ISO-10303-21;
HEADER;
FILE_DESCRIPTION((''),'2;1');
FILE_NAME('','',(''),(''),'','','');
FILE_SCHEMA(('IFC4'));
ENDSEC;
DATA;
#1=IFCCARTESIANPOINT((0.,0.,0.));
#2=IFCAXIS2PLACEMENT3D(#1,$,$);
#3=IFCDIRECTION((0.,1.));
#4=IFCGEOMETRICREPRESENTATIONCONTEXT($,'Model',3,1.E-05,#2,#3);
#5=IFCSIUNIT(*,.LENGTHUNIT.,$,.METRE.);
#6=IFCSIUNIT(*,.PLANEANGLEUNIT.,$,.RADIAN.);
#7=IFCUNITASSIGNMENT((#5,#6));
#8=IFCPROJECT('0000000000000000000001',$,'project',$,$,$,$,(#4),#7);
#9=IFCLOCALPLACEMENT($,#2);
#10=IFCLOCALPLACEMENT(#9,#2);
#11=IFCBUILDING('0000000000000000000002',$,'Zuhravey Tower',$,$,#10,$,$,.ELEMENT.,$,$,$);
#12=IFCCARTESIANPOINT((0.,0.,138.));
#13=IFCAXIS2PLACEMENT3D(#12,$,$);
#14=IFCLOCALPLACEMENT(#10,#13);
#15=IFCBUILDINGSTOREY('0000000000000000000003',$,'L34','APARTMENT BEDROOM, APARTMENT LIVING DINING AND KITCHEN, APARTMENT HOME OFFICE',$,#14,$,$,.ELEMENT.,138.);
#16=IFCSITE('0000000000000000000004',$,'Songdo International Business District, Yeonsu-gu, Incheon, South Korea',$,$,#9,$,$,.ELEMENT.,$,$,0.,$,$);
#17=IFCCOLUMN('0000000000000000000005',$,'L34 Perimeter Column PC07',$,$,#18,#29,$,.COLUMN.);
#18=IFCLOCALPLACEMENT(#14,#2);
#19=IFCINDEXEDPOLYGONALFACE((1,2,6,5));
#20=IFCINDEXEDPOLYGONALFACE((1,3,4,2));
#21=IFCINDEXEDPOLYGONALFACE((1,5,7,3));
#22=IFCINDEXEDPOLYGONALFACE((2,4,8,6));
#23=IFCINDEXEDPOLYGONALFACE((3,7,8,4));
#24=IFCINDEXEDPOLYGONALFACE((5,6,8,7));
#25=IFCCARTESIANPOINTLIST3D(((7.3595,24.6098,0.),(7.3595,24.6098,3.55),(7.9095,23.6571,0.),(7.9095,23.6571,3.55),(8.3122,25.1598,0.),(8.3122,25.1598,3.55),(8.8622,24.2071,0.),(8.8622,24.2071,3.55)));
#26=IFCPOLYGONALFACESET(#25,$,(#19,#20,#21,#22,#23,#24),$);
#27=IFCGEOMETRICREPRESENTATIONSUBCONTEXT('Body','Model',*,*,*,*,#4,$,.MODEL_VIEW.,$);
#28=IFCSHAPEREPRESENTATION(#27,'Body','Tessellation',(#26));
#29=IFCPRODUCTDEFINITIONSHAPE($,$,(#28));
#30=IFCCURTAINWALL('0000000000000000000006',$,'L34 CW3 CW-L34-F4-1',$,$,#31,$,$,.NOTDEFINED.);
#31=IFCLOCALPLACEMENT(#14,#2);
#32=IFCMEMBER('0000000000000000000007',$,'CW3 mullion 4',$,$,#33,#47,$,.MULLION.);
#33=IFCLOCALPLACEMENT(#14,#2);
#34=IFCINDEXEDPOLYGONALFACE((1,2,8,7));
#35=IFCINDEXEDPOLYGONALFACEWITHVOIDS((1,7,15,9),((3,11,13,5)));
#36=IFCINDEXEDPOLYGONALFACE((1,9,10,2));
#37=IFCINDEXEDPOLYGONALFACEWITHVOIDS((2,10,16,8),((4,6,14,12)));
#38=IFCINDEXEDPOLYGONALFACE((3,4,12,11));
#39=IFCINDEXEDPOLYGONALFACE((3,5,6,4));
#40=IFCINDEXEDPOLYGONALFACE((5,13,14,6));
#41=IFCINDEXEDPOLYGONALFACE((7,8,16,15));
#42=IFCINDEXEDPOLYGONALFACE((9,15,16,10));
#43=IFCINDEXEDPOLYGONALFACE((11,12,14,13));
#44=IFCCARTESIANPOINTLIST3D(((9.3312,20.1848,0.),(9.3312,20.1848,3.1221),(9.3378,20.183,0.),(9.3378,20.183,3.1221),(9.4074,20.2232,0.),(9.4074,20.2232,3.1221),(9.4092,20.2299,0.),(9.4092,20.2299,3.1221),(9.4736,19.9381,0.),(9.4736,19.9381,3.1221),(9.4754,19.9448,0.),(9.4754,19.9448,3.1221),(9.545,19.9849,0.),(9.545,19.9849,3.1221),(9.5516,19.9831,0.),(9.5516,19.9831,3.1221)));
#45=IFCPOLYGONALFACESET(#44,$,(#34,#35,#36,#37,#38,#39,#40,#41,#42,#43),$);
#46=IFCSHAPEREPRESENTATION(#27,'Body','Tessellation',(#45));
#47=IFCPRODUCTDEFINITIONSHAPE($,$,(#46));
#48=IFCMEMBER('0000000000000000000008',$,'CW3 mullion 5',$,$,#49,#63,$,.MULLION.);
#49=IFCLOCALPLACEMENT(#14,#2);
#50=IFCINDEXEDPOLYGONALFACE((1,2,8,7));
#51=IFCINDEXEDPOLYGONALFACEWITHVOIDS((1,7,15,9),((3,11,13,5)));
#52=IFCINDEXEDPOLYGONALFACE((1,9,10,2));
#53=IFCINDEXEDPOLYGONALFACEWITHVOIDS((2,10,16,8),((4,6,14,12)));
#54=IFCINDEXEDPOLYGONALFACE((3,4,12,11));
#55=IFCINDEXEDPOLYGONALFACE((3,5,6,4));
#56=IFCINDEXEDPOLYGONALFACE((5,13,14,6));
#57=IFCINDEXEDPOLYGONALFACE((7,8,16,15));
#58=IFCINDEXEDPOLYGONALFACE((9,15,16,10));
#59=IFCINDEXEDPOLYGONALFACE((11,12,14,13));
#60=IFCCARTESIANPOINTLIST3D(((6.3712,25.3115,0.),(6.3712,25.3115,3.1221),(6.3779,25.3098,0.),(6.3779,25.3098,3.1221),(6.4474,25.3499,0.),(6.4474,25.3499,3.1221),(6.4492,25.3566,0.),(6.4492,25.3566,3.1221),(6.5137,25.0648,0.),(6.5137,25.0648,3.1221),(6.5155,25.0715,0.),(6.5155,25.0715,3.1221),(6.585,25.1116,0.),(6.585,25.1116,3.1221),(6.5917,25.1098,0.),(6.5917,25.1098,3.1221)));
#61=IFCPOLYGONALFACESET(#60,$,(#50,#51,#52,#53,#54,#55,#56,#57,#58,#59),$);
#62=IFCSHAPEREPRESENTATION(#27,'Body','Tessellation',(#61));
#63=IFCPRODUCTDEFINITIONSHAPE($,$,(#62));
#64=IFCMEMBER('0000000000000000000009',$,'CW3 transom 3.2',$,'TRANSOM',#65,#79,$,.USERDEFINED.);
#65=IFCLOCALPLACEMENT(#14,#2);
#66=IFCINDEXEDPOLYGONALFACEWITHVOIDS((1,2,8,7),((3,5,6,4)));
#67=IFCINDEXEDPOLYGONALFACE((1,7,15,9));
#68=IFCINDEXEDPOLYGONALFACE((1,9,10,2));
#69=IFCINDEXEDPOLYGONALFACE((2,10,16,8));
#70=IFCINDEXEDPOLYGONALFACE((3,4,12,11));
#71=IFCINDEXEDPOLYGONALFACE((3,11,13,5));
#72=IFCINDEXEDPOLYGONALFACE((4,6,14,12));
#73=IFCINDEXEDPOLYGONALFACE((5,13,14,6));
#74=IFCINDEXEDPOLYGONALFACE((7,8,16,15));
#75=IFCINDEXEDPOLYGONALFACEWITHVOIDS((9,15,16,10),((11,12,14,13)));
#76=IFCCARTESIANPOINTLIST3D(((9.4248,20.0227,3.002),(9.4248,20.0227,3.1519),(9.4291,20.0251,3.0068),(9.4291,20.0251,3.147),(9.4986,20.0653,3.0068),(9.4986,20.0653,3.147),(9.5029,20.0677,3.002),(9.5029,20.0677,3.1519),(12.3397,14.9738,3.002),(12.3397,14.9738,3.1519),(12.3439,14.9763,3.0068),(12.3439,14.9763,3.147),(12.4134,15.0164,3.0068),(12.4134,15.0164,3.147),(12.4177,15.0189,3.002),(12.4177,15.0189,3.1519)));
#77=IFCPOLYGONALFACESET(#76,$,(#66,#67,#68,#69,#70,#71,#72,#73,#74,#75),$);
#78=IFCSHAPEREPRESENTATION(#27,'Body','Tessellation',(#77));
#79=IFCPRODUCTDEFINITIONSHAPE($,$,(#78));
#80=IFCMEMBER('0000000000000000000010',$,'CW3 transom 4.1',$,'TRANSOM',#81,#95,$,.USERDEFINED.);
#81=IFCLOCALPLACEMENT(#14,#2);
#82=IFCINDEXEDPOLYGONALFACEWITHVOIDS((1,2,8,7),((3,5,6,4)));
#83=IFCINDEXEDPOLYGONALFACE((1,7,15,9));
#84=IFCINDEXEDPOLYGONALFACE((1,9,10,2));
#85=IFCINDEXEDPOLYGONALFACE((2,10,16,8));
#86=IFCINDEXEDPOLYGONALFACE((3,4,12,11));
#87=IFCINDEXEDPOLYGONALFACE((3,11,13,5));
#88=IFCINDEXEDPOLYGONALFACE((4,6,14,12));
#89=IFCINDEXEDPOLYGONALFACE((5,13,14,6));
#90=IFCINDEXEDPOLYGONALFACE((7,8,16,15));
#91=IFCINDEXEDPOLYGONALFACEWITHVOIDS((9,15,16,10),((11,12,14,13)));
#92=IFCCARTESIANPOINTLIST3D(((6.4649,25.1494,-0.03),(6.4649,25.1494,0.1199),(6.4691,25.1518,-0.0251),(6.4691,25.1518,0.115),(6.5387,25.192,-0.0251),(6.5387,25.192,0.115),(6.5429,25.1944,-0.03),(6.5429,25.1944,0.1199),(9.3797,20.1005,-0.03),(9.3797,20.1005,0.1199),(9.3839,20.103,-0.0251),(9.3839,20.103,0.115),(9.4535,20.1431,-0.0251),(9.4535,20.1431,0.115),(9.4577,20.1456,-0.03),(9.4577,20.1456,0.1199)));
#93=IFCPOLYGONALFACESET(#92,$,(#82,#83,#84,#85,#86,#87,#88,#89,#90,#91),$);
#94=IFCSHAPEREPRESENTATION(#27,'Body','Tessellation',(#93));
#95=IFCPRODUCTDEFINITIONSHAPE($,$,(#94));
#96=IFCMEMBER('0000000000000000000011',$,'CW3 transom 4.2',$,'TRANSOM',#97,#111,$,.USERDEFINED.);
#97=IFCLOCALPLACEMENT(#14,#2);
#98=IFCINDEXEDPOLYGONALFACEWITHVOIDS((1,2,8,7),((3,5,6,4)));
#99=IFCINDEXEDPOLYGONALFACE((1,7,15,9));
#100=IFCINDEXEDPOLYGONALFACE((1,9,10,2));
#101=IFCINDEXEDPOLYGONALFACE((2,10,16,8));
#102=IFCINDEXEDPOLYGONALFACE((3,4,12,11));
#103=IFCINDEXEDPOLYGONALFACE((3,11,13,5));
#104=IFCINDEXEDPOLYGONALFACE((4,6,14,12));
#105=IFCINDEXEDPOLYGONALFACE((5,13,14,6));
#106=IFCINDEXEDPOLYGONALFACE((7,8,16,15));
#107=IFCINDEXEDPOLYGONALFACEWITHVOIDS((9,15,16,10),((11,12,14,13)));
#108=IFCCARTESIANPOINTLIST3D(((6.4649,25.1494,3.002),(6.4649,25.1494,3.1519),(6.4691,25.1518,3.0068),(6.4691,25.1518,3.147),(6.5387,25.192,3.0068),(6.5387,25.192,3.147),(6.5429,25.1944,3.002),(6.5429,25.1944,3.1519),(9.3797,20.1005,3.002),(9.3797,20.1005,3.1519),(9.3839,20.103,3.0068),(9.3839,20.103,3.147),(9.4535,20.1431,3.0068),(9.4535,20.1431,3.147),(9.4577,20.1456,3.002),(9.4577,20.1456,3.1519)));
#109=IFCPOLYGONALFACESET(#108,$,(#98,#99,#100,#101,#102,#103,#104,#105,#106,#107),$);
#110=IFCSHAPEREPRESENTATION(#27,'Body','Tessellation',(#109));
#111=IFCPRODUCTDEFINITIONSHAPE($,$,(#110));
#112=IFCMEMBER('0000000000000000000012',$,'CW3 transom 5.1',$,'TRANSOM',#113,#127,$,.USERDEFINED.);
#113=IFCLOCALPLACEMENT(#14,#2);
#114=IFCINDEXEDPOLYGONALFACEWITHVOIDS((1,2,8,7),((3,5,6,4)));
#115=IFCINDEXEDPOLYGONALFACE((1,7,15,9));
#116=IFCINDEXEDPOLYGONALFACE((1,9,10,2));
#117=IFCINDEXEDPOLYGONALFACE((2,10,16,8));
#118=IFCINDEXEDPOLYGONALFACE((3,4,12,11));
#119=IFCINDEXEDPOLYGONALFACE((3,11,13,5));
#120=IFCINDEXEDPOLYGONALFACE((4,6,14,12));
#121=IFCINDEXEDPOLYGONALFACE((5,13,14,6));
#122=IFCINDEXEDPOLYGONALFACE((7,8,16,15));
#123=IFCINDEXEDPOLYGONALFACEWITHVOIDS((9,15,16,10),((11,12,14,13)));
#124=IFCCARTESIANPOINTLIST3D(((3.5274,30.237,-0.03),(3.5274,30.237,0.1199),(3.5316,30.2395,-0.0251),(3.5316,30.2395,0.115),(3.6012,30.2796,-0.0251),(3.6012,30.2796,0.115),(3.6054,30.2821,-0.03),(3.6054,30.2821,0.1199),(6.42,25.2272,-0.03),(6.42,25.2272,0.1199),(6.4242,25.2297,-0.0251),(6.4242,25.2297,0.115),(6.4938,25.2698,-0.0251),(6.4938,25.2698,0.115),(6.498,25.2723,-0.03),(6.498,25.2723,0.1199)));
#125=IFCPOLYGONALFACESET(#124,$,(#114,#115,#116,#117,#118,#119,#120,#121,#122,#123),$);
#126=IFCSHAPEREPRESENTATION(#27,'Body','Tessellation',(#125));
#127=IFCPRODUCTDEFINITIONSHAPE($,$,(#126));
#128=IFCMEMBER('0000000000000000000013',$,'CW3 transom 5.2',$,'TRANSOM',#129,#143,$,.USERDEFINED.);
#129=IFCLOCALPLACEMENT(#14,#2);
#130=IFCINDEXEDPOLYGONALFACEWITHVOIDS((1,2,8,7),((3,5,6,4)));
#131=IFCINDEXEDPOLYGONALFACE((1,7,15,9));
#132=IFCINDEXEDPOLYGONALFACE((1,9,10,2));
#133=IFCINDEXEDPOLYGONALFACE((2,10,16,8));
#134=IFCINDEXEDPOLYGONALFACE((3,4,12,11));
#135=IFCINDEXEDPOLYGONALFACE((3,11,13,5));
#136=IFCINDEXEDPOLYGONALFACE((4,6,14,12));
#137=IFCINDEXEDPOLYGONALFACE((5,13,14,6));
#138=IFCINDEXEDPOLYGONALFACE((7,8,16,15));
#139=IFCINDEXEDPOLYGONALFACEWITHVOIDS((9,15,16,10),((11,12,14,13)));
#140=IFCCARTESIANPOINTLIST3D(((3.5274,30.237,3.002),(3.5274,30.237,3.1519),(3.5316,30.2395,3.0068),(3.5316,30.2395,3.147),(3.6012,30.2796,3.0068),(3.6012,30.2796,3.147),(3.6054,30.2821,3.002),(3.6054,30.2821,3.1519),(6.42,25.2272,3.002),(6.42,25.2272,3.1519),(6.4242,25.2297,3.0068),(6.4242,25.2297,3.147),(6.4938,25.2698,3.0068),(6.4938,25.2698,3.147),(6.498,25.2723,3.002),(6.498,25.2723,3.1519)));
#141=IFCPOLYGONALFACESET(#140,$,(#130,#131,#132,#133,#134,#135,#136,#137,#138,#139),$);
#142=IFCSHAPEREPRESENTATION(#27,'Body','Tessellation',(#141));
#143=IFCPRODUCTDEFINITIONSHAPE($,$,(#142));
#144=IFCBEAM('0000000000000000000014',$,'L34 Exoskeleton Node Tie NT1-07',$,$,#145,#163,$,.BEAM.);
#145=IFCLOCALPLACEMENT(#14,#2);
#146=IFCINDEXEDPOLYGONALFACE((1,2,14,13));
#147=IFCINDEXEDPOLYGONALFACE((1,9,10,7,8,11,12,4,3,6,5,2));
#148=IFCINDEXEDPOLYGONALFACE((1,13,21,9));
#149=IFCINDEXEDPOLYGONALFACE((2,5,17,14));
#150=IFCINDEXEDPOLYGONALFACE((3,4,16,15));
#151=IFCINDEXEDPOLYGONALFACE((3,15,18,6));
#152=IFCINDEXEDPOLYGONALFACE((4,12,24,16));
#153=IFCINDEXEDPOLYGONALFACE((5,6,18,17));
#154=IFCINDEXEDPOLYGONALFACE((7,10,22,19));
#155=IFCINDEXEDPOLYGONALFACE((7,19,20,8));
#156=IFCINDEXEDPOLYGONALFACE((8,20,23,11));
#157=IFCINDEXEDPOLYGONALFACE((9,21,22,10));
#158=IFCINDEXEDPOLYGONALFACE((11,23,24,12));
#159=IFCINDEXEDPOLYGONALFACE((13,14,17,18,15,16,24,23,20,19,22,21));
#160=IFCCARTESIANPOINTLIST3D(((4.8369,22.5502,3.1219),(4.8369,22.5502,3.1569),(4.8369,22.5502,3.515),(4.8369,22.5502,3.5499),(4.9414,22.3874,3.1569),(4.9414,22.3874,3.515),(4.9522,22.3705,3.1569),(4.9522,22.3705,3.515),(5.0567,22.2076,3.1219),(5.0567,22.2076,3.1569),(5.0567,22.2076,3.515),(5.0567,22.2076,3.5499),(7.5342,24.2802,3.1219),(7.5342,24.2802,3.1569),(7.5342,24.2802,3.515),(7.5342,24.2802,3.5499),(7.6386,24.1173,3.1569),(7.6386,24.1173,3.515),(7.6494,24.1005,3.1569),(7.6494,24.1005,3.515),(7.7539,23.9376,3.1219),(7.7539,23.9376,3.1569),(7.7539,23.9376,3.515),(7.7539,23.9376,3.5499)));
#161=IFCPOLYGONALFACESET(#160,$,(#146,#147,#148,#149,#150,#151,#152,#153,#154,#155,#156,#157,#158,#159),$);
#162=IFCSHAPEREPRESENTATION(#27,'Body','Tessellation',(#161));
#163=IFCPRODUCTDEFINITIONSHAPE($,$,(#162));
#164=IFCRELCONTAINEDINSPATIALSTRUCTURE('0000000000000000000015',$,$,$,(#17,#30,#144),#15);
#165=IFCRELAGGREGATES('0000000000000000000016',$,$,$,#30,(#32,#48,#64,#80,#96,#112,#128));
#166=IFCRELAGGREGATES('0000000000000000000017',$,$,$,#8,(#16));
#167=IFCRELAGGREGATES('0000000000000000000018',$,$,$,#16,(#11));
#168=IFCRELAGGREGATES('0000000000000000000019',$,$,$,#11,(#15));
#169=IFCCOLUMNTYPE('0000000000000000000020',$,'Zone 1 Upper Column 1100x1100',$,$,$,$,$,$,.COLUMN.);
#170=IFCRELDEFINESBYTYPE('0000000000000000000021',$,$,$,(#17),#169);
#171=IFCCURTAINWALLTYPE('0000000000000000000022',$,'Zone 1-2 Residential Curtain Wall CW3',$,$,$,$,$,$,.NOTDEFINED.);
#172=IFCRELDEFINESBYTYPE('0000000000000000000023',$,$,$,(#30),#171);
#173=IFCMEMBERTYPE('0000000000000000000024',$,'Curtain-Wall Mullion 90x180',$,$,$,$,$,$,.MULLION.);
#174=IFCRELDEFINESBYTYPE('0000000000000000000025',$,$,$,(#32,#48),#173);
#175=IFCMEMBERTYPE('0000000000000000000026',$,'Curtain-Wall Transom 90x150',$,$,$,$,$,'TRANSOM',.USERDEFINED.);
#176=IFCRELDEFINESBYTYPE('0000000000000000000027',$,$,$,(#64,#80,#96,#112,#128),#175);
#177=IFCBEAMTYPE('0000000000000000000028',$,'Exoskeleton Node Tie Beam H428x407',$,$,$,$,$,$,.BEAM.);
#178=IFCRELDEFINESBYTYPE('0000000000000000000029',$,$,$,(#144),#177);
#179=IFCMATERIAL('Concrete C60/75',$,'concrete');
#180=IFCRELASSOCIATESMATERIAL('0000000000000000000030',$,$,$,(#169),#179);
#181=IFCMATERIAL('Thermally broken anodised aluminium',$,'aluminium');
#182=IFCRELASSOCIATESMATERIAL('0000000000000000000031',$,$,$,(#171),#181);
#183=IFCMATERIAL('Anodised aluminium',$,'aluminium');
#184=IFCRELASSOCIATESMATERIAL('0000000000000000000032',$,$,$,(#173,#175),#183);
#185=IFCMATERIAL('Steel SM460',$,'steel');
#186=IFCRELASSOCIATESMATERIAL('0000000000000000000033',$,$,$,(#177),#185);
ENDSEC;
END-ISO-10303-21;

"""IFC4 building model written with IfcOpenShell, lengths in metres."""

from ifc_helpers import new_model, si_unit, direction, frame, origin, origin_2d, place, context, subcontext, project, spatial, rectangle, hollow_rectangle, i_section, extrude, material, material_profile, profile_set, type_object, element, aggregate, save


model = new_model("IFC4")

# Units and contexts
model_context = context("Model", 3, precision=1e-05, world=origin(), true_north=direction((0.0, 1.0)))
body_context = subcontext(model_context, "Body", "Model", "MODEL_VIEW")
ifc_project = project(units=[si_unit("LENGTHUNIT", "METRE"), si_unit("PLANEANGLEUNIT", "RADIAN")], contexts=[model_context])

# Site, building, storey
site_placement = place(None, origin())
site = spatial("IfcSite", under=ifc_project, at=site_placement, Name="Songdo International Business District, Yeonsu-gu, Incheon, South Korea", CompositionType="ELEMENT", RefElevation=0.0)
building_placement = place(site_placement, origin())
building = spatial("IfcBuilding", under=site, at=building_placement, Name="Zuhravey Tower", CompositionType="ELEMENT")
storey_placement = place(building_placement, frame((0.0, 0.0, 138.0)))
storey = spatial("IfcBuildingStorey", under=building, at=storey_placement, Name="L34", Description="APARTMENT BEDROOM, APARTMENT LIVING DINING AND KITCHEN, APARTMENT HOME OFFICE", CompositionType="ELEMENT", Elevation=138.0)

# Column
ifc_material_1 = material(Name="Concrete C60/75", Category="concrete")
ifc_material_profile_1 = material_profile(ifc_material_1, rectangle(XDim=1.1001, YDim=1.1001, at=origin_2d()), Name="RC-1100x1100")
ifc_profile_set_1 = profile_set([ifc_material_profile_1], Name="Concrete C60/75")
column_type = type_object("IfcColumnType", Name="Zone 1 Upper Column 1100x1100", PredefinedType="COLUMN", material=ifc_profile_set_1)
column_placement = place(storey_placement, frame((8.1108, 24.4084, 0.0), z_axis=(0.0, 0.0, 1.0), x_axis=(0.5, -0.866025, 0.0)))
element("IfcColumn", 1, at=column_placement, inside=storey, type_object=column_type, Name="L34 Perimeter Column PC07", PredefinedType="COLUMN", context=body_context, shape_type="SweptSolid", body=[
    extrude(rectangle(XDim=1.1001, YDim=1.1001, at=origin_2d()), origin(), (0.0, 0.0, 1.0), 3.55),
])

# Curtain wall, members
ifc_material_2 = material(Name="Thermally broken anodised aluminium", Category="aluminium")
curtain_wall_type = type_object("IfcCurtainWallType", Name="Zone 1-2 Residential Curtain Wall CW3", PredefinedType="NOTDEFINED", material=ifc_material_2)
curtain_wall_placement = place(storey_placement, origin())
curtain_wall = element("IfcCurtainWall", 2, at=curtain_wall_placement, inside=storey, type_object=curtain_wall_type, Name="L34 CW3 CW-L34-F4-1", PredefinedType="NOTDEFINED")
ifc_material_3 = material(Name="Anodised aluminium", Category="aluminium")
ifc_material_profile_2 = material_profile(ifc_material_3, hollow_rectangle(XDim=0.0901, YDim=0.2849, WallThickness=0.0049, at=origin_2d()), Name="ALU-RHS-90x285x5")
ifc_profile_set_2 = profile_set([ifc_material_profile_2], Name="Anodised aluminium")
member_type_1 = type_object("IfcMemberType", Name="Curtain-Wall Mullion 90x180", PredefinedType="MULLION", material=ifc_profile_set_2)
member_1_placement = place(storey_placement, frame((9.4414, 20.084, 0.0), z_axis=(0.0, 0.0, 1.0), x_axis=(-0.866026, -0.5, 0.0)))
member_1 = element("IfcMember", 3, at=member_1_placement, type_object=member_type_1, Name="CW3 mullion 4", PredefinedType="MULLION", context=body_context, shape_type="SweptSolid", body=[
    extrude(hollow_rectangle(XDim=0.0901, YDim=0.2849, WallThickness=0.0049, at=origin_2d()), origin(), (0.0, 0.0, 1.0), 3.1221),
])
member_2_placement = place(storey_placement, frame((6.4814, 25.2107, 0.0), z_axis=(0.0, 0.0, 1.0), x_axis=(-0.866026, -0.5, 0.0)))
member_2 = element("IfcMember", 4, at=member_2_placement, type_object=member_type_1, Name="CW3 mullion 5", PredefinedType="MULLION", context=body_context, shape_type="SweptSolid", body=[
    extrude(hollow_rectangle(XDim=0.0901, YDim=0.2849, WallThickness=0.0049, at=origin_2d()), origin(), (0.0, 0.0, 1.0), 3.1221),
])
ifc_material_profile_3 = material_profile(ifc_material_3, hollow_rectangle(XDim=0.0901, YDim=0.1499, WallThickness=0.0049, at=origin_2d()), Name="ALU-RHS-90x150x5")
ifc_profile_set_3 = profile_set([ifc_material_profile_3], Name="Anodised aluminium")
member_type_2 = type_object("IfcMemberType", Name="Curtain-Wall Transom 90x150", ElementType="TRANSOM", PredefinedType="USERDEFINED", material=ifc_profile_set_3)
member_3_placement = place(storey_placement, frame((12.3787, 14.9963, 3.0769), z_axis=(-0.499981, 0.866036, 0.0), x_axis=(-0.866036, -0.499981, 0.0)))
member_3 = element("IfcMember", 5, at=member_3_placement, type_object=member_type_2, Name="CW3 transom 3.2", ObjectType="TRANSOM", PredefinedType="USERDEFINED", context=body_context, shape_type="SweptSolid", body=[
    extrude(hollow_rectangle(XDim=0.0901, YDim=0.1499, WallThickness=0.0049, at=origin_2d()), origin(), (0.0, 0.0, 1.0), 5.8298),
])
member_4_placement = place(storey_placement, frame((9.4187, 20.123, 0.0449), z_axis=(-0.499981, 0.866036, 0.0), x_axis=(-0.866036, -0.499981, 0.0)))
member_4 = element("IfcMember", 6, at=member_4_placement, type_object=member_type_2, Name="CW3 transom 4.1", ObjectType="TRANSOM", PredefinedType="USERDEFINED", context=body_context, shape_type="SweptSolid", body=[
    extrude(hollow_rectangle(XDim=0.0901, YDim=0.1499, WallThickness=0.0049, at=origin_2d()), origin(), (0.0, 0.0, 1.0), 5.8298),
])
member_5_placement = place(storey_placement, frame((9.4187, 20.123, 3.0769), z_axis=(-0.499981, 0.866036, 0.0), x_axis=(-0.866036, -0.499981, 0.0)))
member_5 = element("IfcMember", 7, at=member_5_placement, type_object=member_type_2, Name="CW3 transom 4.2", ObjectType="TRANSOM", PredefinedType="USERDEFINED", context=body_context, shape_type="SweptSolid", body=[
    extrude(hollow_rectangle(XDim=0.0901, YDim=0.1499, WallThickness=0.0049, at=origin_2d()), origin(), (0.0, 0.0, 1.0), 5.8298),
])
member_6_placement = place(storey_placement, frame((6.459, 25.2498, 0.0449), z_axis=(-0.500024, 0.866011, 0.0), x_axis=(-0.866011, -0.500024, 0.0)))
member_6 = element("IfcMember", 8, at=member_6_placement, type_object=member_type_2, Name="CW3 transom 5.1", ObjectType="TRANSOM", PredefinedType="USERDEFINED", context=body_context, shape_type="SweptSolid", body=[
    extrude(hollow_rectangle(XDim=0.0901, YDim=0.1499, WallThickness=0.0049, at=origin_2d()), origin(), (0.0, 0.0, 1.0), 5.7849),
])
member_7_placement = place(storey_placement, frame((6.459, 25.2498, 3.0769), z_axis=(-0.500024, 0.866011, 0.0), x_axis=(-0.866011, -0.500024, 0.0)))
member_7 = element("IfcMember", 9, at=member_7_placement, type_object=member_type_2, Name="CW3 transom 5.2", ObjectType="TRANSOM", PredefinedType="USERDEFINED", context=body_context, shape_type="SweptSolid", body=[
    extrude(hollow_rectangle(XDim=0.0901, YDim=0.1499, WallThickness=0.0049, at=origin_2d()), origin(), (0.0, 0.0, 1.0), 5.7849),
])

# Beam
ifc_material_4 = material(Name="Steel SM460", Category="steel")
ifc_material_profile_4 = material_profile(ifc_material_4, i_section(OverallWidth=0.407, OverallDepth=0.428, WebThickness=0.02, FlangeThickness=0.0349, at=origin_2d()), Name="H-428x407x20x35")
ifc_profile_set_4 = profile_set([ifc_material_profile_4], Name="Steel SM460")
beam_type_1 = type_object("IfcBeamType", Name="Exoskeleton Node Tie Beam H428x407", PredefinedType="BEAM", material=ifc_profile_set_4)
beam_1_placement = place(storey_placement, frame((7.644, 24.1089, 3.3359), z_axis=(-0.841742, -0.539879, 0.0), x_axis=(0.539879, -0.841742, 0.0)))
element("IfcBeam", 10, at=beam_1_placement, inside=storey, type_object=beam_type_1, Name="L34 Exoskeleton Node Tie NT1-07", PredefinedType="BEAM", context=body_context, shape_type="SweptSolid", body=[
    extrude(i_section(OverallWidth=0.407, OverallDepth=0.428, WebThickness=0.02, FlangeThickness=0.0349, at=origin_2d()), origin(), (0.0, 0.0, 1.0), 3.2043),
])

aggregate(curtain_wall, [member_1, member_2, member_3, member_4, member_5, member_6, member_7])

save(model, "model.ifc")
